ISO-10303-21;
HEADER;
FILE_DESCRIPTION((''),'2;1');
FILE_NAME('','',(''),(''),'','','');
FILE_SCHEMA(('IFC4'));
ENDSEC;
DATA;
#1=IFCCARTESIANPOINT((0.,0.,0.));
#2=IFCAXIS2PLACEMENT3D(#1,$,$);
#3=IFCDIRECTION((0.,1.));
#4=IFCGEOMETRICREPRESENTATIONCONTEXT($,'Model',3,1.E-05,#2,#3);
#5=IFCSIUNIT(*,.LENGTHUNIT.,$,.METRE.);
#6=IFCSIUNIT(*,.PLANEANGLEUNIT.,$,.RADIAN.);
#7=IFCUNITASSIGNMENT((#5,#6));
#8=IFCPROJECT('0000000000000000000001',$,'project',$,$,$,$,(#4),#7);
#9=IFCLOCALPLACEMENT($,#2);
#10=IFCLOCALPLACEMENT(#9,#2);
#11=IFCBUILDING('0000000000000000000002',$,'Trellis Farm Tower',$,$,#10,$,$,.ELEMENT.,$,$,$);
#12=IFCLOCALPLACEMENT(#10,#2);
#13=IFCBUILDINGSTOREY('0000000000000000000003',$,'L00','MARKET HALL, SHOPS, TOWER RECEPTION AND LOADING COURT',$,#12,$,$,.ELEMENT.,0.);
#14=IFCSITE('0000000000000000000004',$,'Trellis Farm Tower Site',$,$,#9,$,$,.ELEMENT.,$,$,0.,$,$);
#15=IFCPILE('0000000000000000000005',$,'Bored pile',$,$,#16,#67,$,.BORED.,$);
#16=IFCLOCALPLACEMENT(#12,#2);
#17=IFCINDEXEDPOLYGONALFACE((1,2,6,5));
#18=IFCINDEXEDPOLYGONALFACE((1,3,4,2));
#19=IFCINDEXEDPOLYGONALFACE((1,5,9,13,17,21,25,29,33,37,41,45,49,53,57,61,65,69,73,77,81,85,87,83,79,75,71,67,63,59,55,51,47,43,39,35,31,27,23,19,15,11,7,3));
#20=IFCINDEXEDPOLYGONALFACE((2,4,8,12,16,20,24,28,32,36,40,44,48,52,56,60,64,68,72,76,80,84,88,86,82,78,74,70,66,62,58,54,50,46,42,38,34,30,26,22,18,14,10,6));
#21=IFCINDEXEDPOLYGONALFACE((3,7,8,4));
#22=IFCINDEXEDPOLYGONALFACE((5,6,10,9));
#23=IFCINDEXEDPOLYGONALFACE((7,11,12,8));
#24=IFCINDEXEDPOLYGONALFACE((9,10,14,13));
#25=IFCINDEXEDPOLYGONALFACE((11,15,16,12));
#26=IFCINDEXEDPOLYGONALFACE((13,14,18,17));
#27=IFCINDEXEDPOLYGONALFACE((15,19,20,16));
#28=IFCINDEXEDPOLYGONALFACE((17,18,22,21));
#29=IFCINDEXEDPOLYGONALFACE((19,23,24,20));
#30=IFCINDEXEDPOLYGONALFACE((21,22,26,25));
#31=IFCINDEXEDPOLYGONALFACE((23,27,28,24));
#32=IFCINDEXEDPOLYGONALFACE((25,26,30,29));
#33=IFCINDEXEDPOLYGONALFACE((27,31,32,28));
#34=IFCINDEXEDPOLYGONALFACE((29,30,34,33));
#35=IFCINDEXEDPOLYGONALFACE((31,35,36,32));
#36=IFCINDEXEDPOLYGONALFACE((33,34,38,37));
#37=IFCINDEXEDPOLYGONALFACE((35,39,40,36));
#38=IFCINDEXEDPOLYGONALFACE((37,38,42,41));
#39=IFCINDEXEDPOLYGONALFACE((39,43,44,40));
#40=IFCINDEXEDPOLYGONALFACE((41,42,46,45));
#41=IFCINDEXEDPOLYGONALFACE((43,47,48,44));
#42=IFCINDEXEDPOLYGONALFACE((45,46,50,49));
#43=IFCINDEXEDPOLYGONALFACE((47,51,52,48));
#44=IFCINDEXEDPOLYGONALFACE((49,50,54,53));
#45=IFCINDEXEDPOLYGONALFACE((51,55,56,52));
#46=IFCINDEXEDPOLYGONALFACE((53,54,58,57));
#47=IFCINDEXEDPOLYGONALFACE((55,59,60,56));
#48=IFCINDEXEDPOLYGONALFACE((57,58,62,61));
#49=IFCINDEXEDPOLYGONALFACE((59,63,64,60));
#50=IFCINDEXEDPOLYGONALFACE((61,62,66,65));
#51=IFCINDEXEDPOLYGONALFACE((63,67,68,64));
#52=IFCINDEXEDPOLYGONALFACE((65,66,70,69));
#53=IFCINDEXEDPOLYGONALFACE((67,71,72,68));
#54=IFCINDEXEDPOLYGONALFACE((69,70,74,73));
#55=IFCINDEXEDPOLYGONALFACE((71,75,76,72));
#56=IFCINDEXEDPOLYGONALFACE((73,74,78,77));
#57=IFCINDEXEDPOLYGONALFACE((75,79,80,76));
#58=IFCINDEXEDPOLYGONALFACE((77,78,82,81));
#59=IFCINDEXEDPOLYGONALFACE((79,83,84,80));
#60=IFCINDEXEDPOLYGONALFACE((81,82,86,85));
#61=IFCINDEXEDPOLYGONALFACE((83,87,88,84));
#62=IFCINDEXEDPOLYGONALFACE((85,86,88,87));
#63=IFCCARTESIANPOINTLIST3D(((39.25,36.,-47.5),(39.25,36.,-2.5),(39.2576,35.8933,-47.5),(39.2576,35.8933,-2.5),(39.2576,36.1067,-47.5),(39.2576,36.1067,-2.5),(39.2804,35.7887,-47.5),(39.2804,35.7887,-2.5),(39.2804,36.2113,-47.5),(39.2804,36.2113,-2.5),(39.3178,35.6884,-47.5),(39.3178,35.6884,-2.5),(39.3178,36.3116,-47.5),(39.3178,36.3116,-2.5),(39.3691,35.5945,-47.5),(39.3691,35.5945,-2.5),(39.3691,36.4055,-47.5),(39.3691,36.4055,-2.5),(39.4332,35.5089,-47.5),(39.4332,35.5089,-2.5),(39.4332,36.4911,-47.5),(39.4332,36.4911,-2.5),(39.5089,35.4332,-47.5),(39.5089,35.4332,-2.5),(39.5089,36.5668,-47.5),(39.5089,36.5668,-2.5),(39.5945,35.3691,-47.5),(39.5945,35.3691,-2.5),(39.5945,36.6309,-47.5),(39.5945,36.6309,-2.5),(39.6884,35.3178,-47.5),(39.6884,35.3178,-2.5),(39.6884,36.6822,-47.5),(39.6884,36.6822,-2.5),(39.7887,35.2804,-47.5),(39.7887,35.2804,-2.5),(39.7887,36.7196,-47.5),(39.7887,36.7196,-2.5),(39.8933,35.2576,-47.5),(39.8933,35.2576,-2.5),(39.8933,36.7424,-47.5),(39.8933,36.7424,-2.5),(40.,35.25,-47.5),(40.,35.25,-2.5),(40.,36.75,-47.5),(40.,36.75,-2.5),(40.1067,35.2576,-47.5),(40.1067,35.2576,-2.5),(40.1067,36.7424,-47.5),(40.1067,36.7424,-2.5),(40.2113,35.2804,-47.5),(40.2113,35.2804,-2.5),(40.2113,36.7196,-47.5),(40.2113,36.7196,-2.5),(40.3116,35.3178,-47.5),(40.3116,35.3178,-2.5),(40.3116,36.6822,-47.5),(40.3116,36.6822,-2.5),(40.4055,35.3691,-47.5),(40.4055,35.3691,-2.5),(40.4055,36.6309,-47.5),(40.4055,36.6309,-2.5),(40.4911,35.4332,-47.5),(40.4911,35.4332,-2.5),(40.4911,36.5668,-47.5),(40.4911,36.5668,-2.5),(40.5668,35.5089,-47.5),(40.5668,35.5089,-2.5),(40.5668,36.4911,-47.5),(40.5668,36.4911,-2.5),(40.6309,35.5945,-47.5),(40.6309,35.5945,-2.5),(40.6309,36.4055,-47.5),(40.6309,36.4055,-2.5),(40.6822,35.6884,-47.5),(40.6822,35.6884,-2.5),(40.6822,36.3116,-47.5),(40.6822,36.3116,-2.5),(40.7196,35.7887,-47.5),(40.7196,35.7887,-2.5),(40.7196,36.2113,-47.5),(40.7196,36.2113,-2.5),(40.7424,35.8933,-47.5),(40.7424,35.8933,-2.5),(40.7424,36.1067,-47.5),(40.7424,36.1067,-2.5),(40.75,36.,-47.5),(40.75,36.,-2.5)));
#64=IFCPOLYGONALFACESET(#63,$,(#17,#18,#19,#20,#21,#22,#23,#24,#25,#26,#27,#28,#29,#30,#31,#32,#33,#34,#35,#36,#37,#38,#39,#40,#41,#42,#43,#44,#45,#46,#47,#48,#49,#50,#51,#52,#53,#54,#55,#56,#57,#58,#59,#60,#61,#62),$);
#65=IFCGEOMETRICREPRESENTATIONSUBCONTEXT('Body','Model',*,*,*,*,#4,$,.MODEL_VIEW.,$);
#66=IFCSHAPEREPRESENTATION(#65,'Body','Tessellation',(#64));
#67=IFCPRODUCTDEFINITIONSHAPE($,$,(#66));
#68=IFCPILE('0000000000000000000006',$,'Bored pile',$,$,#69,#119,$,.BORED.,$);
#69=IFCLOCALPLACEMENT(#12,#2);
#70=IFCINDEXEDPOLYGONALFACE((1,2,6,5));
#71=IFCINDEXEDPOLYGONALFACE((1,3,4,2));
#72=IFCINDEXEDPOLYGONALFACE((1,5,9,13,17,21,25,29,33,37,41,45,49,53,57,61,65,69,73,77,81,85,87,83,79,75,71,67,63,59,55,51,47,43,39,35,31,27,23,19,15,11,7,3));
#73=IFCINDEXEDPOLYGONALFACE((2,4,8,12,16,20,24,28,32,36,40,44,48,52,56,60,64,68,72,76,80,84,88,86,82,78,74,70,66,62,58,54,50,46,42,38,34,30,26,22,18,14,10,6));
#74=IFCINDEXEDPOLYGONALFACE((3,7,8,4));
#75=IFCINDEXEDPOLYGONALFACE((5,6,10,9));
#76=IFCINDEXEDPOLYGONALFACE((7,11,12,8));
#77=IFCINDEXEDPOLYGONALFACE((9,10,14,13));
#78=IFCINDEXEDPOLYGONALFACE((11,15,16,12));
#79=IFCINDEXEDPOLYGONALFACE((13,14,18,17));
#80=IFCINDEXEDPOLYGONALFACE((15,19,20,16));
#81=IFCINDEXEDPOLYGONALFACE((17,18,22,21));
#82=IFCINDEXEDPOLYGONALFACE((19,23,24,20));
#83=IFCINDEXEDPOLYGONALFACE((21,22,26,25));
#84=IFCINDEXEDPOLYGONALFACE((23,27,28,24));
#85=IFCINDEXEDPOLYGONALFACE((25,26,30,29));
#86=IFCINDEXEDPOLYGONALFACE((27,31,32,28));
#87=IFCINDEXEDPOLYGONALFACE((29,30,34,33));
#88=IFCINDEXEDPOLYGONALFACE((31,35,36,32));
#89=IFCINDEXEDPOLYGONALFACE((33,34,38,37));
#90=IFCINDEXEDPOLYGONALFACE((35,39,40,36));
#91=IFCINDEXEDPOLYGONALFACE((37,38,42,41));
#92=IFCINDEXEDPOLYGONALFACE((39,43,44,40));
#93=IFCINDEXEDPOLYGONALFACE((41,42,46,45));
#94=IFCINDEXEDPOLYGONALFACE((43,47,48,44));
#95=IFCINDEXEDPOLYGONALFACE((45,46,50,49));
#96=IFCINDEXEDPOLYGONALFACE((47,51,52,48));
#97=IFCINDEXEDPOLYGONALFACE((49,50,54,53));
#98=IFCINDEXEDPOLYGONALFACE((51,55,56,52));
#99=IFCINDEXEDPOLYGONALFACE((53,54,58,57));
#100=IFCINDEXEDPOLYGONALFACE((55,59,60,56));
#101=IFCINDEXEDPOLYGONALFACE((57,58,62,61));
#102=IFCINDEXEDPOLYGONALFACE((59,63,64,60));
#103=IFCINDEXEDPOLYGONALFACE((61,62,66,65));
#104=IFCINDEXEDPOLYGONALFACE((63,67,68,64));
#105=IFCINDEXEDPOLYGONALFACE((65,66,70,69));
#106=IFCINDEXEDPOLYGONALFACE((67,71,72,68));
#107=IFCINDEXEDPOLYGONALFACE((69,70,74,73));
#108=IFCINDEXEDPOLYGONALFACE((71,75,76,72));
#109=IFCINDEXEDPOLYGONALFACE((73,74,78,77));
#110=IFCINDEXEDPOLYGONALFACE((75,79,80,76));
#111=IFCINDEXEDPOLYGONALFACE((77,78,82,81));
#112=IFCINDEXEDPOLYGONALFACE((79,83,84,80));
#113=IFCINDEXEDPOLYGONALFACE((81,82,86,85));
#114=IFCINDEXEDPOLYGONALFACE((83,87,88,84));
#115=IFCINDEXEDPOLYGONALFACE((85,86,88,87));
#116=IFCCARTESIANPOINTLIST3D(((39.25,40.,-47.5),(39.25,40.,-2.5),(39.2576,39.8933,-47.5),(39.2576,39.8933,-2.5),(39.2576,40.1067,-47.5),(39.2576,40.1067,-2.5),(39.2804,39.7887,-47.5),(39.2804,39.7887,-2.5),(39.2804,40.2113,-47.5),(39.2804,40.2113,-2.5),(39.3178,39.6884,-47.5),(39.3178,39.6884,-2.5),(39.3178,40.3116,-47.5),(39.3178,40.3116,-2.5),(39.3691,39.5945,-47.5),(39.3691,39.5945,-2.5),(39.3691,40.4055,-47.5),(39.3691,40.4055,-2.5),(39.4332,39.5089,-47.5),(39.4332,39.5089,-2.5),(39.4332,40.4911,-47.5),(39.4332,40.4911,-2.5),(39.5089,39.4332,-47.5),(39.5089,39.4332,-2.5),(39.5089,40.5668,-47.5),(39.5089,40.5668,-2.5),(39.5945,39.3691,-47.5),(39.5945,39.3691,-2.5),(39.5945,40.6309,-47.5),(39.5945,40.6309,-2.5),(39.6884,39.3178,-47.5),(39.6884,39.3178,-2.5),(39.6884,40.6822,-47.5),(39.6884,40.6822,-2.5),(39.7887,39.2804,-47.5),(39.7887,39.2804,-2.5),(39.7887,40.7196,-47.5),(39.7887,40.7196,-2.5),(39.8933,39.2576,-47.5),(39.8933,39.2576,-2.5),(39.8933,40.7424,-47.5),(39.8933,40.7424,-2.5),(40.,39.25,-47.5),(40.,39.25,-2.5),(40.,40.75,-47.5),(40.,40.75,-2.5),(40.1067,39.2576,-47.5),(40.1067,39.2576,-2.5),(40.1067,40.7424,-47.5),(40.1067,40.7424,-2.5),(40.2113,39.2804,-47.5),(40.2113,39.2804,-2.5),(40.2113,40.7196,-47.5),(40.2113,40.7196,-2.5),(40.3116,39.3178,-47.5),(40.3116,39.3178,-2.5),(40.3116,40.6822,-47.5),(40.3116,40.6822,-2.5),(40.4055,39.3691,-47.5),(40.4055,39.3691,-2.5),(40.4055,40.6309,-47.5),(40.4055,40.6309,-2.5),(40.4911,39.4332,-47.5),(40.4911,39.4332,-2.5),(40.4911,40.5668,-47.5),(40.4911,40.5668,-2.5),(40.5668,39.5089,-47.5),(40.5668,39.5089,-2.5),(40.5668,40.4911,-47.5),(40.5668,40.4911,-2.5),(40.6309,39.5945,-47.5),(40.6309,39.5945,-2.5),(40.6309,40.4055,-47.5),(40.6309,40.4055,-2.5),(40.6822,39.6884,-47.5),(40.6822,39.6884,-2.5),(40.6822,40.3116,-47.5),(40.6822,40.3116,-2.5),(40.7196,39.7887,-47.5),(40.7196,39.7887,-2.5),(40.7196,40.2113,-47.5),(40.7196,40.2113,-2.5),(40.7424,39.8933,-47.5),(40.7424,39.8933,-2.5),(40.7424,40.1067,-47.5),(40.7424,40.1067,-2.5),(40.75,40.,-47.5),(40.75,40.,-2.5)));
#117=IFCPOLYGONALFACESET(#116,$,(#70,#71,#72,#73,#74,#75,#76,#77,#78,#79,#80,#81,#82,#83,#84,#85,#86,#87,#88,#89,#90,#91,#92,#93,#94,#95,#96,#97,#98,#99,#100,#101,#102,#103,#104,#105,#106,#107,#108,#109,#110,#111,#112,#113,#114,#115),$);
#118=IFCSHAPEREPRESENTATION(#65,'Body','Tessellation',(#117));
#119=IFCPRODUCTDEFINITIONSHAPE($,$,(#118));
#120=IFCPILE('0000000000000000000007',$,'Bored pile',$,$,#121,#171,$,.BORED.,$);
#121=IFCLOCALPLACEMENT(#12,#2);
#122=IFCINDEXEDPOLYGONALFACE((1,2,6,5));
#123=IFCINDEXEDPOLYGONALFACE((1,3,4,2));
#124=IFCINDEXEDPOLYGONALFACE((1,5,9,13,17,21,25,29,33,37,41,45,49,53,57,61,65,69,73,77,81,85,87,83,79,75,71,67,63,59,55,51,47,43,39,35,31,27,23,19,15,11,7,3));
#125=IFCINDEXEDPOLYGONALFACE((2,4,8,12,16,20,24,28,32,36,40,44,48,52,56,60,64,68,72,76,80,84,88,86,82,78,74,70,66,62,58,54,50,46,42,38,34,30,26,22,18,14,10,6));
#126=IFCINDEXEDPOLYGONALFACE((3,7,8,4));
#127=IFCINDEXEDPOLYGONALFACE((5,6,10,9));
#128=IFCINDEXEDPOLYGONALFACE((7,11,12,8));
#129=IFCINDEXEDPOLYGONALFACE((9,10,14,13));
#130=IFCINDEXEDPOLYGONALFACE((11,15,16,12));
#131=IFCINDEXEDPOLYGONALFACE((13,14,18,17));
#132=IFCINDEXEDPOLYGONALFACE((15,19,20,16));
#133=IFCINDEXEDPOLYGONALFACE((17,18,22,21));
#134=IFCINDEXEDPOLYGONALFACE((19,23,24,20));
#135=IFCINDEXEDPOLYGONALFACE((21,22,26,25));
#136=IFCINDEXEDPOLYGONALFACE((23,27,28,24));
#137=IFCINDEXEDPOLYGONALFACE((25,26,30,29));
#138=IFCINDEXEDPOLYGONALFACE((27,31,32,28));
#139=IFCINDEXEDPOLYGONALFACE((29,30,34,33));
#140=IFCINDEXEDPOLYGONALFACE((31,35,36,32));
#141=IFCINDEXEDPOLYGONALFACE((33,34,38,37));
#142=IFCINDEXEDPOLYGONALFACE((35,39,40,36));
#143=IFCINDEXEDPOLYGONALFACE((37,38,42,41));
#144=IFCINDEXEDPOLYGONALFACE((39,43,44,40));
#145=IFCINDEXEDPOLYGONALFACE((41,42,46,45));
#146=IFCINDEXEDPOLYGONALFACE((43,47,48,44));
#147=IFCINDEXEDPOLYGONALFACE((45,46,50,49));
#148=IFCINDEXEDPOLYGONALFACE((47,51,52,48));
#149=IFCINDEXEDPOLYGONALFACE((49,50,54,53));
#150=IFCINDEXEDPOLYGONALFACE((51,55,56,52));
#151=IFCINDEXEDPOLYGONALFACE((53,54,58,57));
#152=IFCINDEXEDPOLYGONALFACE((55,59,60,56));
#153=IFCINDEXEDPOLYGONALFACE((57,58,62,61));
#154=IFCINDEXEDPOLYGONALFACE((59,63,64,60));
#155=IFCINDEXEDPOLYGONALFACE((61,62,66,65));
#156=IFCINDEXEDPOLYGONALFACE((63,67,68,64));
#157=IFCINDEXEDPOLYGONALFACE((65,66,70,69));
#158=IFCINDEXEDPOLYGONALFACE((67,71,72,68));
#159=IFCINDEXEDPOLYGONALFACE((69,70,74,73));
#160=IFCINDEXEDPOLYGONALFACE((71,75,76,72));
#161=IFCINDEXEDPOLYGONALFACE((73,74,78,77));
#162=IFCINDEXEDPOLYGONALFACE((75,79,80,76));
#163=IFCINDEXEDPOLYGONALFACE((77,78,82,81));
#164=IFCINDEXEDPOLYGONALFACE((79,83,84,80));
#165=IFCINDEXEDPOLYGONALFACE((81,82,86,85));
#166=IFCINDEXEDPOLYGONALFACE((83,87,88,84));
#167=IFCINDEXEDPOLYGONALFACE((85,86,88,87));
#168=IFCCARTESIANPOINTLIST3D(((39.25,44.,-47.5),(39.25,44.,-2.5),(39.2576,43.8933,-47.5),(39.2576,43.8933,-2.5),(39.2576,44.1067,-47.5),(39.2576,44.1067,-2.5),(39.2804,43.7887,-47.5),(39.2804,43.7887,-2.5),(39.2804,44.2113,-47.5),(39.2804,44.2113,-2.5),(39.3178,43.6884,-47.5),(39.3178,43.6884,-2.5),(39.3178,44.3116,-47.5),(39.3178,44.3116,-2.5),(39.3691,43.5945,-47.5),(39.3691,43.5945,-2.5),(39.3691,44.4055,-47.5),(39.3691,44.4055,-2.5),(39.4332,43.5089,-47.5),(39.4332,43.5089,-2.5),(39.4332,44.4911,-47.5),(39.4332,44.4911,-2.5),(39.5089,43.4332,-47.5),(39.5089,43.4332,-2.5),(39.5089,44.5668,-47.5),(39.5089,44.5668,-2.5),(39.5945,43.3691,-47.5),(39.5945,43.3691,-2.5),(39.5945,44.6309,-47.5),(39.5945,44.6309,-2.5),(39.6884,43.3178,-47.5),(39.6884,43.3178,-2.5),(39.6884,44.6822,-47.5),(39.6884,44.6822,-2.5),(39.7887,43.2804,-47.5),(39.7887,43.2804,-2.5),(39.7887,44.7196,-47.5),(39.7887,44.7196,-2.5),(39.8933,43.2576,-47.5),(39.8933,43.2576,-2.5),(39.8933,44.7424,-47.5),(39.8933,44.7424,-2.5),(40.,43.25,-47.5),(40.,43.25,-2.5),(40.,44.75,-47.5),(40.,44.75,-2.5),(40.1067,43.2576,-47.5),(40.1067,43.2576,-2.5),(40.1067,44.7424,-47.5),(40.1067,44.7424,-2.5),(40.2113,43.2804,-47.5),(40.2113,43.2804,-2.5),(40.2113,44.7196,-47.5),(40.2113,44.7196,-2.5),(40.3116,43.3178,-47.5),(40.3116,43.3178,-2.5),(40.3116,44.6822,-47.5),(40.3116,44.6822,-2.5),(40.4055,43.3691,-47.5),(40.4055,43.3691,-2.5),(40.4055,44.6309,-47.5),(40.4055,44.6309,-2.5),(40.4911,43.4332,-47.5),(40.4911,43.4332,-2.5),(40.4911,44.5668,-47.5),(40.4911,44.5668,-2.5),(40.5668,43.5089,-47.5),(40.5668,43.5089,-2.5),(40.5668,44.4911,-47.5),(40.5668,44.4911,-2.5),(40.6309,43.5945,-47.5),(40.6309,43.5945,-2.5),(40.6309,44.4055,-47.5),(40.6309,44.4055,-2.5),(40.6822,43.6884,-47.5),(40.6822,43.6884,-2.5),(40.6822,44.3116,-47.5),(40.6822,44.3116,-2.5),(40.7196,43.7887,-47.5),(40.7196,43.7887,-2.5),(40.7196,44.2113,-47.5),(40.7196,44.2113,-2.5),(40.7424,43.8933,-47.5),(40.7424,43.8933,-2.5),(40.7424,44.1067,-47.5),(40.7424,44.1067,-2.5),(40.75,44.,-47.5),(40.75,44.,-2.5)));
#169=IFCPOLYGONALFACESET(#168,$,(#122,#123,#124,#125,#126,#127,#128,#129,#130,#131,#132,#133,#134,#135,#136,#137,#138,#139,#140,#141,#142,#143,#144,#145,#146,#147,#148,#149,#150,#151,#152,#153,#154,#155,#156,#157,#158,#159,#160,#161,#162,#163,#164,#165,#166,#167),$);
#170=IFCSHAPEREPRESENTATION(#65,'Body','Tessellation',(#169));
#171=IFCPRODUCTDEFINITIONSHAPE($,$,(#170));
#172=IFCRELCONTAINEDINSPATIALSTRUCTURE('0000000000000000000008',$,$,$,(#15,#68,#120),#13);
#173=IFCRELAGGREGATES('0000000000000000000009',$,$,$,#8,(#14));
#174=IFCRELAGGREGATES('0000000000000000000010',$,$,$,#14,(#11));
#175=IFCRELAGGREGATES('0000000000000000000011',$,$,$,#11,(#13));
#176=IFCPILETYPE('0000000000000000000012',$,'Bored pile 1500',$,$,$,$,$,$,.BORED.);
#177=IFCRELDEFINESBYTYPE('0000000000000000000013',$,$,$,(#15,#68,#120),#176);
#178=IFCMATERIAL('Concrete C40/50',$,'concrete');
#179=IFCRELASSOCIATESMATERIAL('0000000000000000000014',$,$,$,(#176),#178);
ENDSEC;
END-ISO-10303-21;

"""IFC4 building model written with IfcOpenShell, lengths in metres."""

from ifc_helpers import new_model, si_unit, direction, frame, origin, origin_2d, place, context, subcontext, project, spatial, circle, extrude, source, transform, mapped, material, material_profile, profile_set, type_object, element, save


model = new_model("IFC4")

# Units and contexts
model_context = context("Model", 3, precision=1e-05, world=origin(), true_north=direction((0.0, 1.0)))
body_context = subcontext(model_context, "Body", "Model", "MODEL_VIEW")
ifc_project = project(units=[si_unit("LENGTHUNIT", "METRE"), si_unit("PLANEANGLEUNIT", "RADIAN")], contexts=[model_context])

# Site, building, storey
site_placement = place(None, origin())
site = spatial("IfcSite", under=ifc_project, at=site_placement, Name="Trellis Farm Tower Site", CompositionType="ELEMENT", RefElevation=0.0)
building_placement = place(site_placement, origin())
building = spatial("IfcBuilding", under=site, at=building_placement, Name="Trellis Farm Tower", CompositionType="ELEMENT")
storey_placement = place(building_placement, origin())
storey = spatial("IfcBuildingStorey", under=building, at=storey_placement, Name="L00", Description="MARKET HALL, SHOPS, TOWER RECEPTION AND LOADING COURT", CompositionType="ELEMENT", Elevation=0.0)

# Piles
ifc_material_1 = material(Name="Concrete C40/50", Category="concrete")
ifc_material_profile_1 = material_profile(ifc_material_1, circle(Radius=0.75, at=origin_2d()), Name="Bored pile 1500")
ifc_profile_set_1 = profile_set([ifc_material_profile_1], Name="Concrete C40/50")
pile_type = type_object("IfcPileType", Name="Bored pile 1500", PredefinedType="BORED", material=ifc_profile_set_1)
shared_shape_1 = source(origin(), body_context, "Body", "SweptSolid", [
    extrude(circle(Radius=0.75, at=origin_2d()), origin(), (0.0, 0.0, 1.0), 45.0),
])
for number, where, z_axis, x_axis, name in (
    (1, (40.0, 36.0, -2.5), (0.0, 0.0, -1.0), (1.0, 0.0, 0.0), "Bored pile"),
    (2, (40.0, 40.0, -2.5), (0.0, 0.0, -1.0), (1.0, 0.0, 0.0), "Bored pile"),
    (3, (40.0, 44.0, -2.5), (0.0, 0.0, -1.0), (1.0, 0.0, 0.0), "Bored pile"),
):
    element("IfcPile", number, at=place(storey_placement, frame(where, z_axis=z_axis, x_axis=x_axis)), inside=storey, type_object=pile_type, Name=name, PredefinedType="BORED", context=body_context, shape_type="MappedRepresentation", body=[
        mapped(shared_shape_1, transform((0.0, 0.0, 0.0))),
    ])

save(model, "model.ifc")
